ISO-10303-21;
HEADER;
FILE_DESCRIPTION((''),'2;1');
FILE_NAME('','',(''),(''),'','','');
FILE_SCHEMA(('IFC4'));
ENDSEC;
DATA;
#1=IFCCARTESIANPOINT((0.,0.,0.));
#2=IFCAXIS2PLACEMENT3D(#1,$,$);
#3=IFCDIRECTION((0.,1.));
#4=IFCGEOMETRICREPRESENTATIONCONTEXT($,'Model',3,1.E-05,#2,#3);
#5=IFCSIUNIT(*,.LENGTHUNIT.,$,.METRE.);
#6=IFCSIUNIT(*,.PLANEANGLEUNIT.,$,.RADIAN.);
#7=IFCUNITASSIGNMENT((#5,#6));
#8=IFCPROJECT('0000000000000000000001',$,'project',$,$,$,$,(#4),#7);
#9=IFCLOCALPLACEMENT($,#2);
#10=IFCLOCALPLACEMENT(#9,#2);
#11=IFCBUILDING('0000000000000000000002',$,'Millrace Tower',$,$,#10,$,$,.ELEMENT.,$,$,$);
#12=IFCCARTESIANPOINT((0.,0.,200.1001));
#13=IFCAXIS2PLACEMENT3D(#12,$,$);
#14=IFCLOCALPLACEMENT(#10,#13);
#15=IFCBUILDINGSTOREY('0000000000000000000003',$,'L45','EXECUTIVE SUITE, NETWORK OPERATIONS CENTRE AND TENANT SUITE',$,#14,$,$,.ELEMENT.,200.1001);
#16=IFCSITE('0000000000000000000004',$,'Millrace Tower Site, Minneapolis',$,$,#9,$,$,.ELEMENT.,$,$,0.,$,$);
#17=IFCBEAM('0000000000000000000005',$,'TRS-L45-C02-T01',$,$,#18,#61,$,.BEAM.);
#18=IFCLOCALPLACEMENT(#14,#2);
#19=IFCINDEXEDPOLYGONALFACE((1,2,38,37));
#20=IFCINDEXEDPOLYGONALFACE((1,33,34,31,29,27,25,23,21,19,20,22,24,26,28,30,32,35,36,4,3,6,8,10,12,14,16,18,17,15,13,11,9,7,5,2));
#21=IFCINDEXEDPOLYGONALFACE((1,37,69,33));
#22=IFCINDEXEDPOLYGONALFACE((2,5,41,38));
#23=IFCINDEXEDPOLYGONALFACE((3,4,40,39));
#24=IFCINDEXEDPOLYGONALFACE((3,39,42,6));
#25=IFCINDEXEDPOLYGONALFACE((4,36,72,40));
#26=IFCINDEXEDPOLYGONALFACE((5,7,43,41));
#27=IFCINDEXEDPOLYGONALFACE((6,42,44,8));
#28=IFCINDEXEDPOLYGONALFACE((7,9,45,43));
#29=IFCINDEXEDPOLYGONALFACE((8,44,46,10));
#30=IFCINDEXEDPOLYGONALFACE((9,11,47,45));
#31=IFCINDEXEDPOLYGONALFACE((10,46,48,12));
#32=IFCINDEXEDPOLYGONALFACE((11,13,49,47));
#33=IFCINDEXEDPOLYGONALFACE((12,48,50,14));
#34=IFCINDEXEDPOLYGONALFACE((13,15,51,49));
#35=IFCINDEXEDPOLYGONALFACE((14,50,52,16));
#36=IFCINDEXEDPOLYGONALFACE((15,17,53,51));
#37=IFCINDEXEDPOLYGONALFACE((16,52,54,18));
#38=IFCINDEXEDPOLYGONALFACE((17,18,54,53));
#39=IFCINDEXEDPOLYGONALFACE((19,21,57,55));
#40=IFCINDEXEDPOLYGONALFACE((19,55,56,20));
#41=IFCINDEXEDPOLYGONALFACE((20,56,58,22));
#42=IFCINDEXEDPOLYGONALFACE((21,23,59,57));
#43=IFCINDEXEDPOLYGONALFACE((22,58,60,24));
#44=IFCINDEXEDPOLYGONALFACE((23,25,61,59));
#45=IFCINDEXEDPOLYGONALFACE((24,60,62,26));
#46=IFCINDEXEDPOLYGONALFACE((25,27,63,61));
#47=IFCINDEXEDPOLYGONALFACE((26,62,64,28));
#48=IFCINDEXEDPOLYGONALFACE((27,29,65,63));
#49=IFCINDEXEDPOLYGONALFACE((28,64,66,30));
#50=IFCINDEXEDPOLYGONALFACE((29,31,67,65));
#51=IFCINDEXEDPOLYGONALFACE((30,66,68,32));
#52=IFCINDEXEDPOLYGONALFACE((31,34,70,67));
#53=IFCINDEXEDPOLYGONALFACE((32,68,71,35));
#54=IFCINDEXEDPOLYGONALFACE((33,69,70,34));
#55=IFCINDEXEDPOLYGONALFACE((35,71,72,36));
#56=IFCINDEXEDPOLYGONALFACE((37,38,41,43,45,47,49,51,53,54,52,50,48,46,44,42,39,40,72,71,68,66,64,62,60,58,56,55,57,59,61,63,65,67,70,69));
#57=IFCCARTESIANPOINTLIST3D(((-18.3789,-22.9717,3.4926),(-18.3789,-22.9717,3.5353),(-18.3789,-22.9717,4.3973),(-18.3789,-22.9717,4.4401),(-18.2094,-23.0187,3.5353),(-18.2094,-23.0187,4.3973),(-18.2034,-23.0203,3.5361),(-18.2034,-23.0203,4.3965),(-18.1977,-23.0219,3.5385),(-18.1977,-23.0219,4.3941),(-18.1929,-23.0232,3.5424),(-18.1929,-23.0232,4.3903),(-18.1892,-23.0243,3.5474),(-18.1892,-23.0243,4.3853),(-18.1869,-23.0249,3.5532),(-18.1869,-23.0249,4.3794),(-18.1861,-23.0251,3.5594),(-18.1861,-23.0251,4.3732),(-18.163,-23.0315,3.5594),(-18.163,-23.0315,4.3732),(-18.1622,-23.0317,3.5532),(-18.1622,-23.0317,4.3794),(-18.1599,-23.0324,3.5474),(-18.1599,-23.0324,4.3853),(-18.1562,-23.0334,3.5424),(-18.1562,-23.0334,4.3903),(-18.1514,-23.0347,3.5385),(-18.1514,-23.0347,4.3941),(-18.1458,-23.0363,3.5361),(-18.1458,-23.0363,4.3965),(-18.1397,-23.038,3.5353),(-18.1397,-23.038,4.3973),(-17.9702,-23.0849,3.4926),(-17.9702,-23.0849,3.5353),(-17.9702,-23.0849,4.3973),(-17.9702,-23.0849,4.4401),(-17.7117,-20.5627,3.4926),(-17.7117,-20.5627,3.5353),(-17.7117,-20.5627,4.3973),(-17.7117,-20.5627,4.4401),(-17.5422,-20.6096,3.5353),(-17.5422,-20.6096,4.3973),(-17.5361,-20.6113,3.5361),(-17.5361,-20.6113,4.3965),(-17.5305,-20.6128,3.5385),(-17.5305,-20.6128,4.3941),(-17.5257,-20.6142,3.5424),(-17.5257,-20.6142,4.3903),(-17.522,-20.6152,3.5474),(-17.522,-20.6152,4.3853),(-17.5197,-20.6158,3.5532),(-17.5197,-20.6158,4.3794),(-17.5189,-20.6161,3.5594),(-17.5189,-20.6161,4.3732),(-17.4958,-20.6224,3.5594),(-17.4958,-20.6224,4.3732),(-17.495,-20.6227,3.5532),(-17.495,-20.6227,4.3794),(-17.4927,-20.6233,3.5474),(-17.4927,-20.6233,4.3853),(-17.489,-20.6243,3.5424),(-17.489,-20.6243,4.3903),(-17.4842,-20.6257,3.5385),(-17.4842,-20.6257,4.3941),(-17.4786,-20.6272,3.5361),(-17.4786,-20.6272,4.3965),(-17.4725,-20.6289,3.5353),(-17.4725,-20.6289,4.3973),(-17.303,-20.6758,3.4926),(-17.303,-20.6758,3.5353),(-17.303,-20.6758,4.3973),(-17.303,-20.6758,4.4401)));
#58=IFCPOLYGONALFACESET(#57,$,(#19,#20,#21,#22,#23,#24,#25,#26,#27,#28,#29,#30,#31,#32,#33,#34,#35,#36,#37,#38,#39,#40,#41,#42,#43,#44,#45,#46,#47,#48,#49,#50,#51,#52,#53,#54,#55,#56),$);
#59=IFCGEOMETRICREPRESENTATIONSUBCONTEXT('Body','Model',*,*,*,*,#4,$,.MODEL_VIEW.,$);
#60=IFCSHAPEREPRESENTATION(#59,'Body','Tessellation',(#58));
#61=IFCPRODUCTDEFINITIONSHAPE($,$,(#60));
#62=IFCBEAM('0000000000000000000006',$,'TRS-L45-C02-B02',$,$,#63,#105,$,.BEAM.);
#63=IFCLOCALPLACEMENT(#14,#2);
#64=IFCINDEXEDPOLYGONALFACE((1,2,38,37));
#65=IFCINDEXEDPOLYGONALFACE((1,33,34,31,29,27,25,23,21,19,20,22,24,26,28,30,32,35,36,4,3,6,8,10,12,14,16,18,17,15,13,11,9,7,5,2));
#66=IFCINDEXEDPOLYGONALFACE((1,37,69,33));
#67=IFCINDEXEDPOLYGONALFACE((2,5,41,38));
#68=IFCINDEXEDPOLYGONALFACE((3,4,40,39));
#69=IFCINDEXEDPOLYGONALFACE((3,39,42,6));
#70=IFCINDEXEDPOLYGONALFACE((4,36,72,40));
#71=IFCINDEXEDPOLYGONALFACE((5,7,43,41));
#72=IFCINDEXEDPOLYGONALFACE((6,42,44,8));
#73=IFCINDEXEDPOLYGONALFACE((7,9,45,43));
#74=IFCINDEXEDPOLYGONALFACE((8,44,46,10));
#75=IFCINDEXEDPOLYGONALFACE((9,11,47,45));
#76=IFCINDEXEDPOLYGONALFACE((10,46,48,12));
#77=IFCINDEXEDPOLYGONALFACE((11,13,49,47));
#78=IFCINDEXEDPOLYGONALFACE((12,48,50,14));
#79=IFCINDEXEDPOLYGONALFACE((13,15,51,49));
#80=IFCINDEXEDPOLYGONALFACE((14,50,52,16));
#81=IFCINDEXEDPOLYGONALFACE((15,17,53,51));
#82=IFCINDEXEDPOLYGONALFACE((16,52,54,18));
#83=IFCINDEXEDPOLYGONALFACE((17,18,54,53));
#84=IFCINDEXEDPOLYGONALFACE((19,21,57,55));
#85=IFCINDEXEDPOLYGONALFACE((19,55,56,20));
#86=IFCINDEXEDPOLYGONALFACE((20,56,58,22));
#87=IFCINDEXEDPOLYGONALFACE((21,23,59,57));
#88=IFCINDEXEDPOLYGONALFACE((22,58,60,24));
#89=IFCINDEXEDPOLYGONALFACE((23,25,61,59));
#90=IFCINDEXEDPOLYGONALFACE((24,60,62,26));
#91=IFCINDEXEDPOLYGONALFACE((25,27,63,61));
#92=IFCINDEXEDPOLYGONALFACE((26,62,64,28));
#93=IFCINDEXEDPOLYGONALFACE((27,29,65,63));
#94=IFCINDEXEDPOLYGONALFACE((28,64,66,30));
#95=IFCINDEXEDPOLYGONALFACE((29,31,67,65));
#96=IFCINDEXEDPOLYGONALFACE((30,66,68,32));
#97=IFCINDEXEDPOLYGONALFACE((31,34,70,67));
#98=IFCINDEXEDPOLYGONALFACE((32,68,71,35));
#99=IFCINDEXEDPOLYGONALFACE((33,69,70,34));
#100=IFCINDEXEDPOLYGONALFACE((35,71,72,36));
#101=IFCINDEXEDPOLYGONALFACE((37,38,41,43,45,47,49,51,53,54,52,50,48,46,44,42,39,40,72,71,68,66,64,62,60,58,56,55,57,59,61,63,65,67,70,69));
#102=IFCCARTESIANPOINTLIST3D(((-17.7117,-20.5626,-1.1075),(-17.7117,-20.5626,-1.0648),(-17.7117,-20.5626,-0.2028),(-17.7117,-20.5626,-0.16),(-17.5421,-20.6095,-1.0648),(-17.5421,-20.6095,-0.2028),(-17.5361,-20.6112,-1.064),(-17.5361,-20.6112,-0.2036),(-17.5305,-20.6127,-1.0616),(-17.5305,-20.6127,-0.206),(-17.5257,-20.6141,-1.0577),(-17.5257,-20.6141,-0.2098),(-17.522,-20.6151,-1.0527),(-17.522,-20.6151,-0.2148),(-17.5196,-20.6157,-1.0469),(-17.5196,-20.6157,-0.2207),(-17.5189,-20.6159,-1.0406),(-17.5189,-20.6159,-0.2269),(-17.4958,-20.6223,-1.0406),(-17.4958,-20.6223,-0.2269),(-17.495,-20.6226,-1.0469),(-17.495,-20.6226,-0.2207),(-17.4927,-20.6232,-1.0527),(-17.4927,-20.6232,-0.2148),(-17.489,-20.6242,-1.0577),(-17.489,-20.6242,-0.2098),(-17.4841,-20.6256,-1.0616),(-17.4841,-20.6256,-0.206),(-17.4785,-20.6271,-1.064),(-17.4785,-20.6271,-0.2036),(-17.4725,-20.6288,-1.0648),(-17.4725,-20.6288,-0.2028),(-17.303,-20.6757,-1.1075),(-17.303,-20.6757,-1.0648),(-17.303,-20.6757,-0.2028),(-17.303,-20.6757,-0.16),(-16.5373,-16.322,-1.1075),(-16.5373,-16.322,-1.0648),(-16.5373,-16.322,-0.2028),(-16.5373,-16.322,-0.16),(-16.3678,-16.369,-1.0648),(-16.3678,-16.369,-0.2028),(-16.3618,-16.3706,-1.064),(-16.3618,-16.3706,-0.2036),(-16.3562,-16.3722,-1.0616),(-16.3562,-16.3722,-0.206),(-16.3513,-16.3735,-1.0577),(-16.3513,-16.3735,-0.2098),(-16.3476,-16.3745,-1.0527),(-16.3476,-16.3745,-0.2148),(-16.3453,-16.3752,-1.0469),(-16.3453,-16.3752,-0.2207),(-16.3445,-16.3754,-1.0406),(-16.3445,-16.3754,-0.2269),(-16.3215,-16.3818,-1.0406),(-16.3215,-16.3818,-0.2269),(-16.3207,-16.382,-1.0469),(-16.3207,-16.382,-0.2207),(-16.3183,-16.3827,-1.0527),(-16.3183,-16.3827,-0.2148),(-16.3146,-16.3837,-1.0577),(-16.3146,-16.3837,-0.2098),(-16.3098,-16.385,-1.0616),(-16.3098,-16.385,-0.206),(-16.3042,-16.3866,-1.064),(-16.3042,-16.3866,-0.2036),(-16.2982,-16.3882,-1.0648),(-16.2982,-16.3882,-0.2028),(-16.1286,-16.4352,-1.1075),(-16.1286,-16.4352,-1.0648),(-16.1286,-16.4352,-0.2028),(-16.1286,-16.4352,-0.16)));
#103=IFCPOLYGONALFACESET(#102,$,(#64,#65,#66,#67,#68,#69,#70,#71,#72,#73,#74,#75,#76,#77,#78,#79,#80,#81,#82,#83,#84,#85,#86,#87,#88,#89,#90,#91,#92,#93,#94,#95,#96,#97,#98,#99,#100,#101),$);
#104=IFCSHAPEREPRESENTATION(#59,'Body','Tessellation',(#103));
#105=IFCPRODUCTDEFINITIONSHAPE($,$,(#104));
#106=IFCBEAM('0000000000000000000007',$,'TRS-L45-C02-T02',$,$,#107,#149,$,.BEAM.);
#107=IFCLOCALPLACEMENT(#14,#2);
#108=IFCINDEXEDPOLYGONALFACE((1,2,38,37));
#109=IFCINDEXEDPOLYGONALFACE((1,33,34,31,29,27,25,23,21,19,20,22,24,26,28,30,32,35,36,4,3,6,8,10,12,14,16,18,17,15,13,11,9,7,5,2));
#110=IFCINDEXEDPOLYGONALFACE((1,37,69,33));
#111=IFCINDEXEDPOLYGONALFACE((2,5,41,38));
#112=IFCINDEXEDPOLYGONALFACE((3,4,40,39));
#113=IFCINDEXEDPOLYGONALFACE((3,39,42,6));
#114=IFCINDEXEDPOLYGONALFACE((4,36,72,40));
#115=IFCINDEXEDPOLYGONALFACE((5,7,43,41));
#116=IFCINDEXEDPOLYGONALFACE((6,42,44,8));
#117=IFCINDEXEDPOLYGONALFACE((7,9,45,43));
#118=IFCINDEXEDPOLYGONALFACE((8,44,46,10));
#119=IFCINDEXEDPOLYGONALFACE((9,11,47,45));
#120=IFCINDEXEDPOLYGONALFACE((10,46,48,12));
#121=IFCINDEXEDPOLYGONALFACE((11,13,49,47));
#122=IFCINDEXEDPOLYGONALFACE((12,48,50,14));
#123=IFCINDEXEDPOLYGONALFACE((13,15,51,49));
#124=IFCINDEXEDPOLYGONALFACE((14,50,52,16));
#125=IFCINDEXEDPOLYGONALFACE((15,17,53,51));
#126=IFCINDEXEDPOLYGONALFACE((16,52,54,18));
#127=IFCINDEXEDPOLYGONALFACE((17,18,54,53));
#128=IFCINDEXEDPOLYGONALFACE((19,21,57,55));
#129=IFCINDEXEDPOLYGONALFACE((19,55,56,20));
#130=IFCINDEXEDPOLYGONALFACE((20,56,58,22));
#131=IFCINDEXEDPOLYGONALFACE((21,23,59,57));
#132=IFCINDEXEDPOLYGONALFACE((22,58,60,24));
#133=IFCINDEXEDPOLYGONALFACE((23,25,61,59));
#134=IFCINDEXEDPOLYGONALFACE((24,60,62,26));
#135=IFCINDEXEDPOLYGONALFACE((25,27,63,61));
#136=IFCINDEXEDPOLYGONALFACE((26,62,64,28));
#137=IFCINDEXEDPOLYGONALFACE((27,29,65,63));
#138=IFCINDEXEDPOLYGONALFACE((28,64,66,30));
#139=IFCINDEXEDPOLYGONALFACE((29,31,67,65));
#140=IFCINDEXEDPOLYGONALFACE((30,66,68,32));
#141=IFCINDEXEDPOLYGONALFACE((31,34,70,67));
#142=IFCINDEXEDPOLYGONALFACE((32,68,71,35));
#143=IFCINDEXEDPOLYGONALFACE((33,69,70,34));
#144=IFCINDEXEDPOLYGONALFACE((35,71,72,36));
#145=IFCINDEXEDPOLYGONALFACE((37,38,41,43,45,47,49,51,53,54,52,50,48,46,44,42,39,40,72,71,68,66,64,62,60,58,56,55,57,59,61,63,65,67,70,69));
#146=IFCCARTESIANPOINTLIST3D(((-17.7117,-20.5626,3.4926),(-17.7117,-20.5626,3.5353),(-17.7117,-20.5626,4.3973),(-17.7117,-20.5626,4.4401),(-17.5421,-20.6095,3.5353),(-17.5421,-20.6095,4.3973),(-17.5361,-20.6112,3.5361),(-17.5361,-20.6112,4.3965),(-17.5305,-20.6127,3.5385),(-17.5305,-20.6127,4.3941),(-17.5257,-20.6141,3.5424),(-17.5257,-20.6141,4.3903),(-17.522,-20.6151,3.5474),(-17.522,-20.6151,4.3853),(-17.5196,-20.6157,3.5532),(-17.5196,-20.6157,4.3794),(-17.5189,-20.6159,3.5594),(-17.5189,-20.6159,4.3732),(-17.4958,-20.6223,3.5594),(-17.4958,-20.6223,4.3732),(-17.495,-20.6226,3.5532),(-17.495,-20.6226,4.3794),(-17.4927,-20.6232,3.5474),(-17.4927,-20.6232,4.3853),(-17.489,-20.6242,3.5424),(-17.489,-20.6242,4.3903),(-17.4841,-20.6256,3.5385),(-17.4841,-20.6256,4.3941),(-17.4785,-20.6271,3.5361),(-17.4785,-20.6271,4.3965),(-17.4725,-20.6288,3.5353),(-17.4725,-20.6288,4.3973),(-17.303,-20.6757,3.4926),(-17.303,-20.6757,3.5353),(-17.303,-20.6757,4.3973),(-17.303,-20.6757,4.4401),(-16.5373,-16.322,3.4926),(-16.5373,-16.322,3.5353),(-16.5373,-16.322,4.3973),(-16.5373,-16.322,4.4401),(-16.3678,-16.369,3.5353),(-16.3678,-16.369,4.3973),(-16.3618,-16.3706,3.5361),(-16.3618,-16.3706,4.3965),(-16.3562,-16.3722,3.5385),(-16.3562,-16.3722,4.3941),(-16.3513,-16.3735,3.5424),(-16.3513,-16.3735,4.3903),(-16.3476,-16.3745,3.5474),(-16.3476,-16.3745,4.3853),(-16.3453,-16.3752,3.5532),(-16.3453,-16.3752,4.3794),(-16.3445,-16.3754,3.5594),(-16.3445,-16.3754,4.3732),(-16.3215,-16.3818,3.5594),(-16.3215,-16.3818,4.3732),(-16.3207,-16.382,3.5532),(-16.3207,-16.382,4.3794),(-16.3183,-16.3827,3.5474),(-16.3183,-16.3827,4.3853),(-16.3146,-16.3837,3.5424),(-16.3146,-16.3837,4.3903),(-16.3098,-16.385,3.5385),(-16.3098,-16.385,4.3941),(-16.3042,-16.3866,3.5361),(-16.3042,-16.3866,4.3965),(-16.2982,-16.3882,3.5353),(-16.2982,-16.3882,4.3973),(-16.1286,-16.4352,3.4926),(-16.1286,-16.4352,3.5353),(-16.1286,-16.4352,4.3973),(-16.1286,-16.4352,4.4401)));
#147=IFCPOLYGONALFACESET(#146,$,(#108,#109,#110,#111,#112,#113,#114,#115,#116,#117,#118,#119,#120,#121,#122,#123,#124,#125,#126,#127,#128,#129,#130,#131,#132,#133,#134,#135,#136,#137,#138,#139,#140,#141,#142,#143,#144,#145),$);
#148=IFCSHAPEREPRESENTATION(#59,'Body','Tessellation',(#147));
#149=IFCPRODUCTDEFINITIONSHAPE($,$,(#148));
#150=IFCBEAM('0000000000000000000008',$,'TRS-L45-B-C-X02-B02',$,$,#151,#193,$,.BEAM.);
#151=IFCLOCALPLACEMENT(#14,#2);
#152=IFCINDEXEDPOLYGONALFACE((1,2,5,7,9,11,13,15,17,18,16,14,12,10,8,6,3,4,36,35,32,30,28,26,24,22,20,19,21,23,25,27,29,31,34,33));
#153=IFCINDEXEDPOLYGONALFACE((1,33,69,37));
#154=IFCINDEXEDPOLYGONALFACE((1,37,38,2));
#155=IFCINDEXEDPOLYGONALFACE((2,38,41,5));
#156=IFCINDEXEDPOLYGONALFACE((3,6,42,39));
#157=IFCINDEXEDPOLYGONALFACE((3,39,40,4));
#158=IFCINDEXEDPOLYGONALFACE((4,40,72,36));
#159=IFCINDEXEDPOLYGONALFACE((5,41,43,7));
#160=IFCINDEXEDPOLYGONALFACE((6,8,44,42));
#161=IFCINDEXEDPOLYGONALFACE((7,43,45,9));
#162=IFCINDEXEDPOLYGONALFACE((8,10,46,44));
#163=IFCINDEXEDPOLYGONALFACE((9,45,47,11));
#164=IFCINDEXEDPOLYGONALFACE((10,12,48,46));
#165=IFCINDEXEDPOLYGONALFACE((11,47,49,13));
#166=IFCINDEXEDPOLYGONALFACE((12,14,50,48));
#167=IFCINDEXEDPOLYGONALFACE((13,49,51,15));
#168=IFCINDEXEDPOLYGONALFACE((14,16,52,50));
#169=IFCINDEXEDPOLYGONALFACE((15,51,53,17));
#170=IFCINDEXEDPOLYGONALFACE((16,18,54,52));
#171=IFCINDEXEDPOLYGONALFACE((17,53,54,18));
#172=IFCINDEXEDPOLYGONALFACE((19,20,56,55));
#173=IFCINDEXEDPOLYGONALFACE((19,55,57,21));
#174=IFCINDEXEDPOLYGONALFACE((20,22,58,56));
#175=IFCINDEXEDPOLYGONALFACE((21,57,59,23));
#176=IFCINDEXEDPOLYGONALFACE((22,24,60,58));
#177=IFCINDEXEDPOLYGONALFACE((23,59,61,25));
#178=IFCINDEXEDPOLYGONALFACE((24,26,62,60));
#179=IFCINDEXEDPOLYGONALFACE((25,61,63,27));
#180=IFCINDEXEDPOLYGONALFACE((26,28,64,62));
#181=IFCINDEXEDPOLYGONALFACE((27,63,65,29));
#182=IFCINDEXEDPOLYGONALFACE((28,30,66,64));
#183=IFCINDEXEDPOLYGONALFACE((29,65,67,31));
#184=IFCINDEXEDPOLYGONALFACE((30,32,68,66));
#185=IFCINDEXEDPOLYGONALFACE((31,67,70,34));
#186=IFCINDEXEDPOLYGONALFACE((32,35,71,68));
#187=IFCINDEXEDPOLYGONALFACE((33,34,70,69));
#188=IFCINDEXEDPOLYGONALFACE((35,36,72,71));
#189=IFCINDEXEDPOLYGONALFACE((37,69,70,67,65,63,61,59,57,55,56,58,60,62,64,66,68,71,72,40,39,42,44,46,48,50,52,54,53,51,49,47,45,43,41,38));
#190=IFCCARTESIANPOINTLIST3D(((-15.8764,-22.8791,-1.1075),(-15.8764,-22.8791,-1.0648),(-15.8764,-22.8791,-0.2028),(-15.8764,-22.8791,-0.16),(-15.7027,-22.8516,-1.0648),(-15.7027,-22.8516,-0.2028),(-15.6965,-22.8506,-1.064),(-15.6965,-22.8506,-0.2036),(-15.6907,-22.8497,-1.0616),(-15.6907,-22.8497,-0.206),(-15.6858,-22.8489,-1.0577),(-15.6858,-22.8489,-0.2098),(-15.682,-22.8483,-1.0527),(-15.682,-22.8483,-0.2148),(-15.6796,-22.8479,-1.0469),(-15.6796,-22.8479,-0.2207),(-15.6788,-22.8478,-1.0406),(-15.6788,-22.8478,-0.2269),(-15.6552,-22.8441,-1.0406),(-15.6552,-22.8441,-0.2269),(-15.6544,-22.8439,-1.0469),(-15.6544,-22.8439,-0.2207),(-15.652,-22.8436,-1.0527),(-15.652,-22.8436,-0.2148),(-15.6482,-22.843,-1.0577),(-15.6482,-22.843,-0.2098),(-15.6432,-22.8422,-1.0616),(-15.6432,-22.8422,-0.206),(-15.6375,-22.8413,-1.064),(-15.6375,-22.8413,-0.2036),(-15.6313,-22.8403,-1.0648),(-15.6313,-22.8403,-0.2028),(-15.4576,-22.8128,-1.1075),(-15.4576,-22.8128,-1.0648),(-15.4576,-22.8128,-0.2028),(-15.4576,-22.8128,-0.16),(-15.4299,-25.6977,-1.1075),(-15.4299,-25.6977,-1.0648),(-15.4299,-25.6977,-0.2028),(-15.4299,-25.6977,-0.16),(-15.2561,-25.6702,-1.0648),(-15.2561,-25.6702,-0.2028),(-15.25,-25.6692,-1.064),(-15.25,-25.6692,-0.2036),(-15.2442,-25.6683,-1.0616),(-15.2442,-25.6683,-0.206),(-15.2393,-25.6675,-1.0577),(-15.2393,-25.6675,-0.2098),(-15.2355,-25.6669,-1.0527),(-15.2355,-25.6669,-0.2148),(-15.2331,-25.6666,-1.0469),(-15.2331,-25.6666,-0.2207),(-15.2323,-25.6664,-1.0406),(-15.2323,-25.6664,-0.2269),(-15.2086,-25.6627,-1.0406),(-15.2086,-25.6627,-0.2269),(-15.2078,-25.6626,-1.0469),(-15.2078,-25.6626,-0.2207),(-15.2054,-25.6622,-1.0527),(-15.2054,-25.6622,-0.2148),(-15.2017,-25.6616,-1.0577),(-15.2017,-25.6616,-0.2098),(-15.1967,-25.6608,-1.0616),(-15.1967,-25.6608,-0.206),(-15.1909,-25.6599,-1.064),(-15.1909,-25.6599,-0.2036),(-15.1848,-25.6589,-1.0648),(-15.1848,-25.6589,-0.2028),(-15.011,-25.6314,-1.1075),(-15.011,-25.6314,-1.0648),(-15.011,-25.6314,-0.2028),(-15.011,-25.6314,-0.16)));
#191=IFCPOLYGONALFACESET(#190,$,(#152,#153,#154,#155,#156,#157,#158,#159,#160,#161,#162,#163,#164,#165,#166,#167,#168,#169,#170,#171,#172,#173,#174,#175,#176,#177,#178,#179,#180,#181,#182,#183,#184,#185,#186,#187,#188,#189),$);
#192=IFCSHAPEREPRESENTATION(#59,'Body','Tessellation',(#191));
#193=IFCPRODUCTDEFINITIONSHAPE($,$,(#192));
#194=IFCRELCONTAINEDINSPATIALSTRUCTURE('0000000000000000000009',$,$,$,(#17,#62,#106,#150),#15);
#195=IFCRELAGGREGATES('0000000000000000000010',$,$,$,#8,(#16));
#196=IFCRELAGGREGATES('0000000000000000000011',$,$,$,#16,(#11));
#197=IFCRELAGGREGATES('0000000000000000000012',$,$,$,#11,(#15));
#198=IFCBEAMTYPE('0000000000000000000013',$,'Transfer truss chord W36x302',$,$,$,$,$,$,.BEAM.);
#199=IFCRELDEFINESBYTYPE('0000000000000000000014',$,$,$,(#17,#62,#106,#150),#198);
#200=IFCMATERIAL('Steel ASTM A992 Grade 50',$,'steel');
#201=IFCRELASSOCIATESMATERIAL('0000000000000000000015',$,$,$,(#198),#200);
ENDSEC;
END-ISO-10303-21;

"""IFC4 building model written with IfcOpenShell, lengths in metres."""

from ifc_helpers import new_model, si_unit, direction, frame, origin, origin_2d, place, context, subcontext, project, spatial, i_section, extrude, material, material_profile, profile_set, type_object, element, save


model = new_model("IFC4")

# Units and contexts
model_context = context("Model", 3, precision=1e-05, world=origin(), true_north=direction((0.0, 1.0)))
body_context = subcontext(model_context, "Body", "Model", "MODEL_VIEW")
ifc_project = project(units=[si_unit("LENGTHUNIT", "METRE"), si_unit("PLANEANGLEUNIT", "RADIAN")], contexts=[model_context])

# Site, building, storey
site_placement = place(None, origin())
site = spatial("IfcSite", under=ifc_project, at=site_placement, Name="Millrace Tower Site, Minneapolis", CompositionType="ELEMENT", RefElevation=0.0)
building_placement = place(site_placement, origin())
building = spatial("IfcBuilding", under=site, at=building_placement, Name="Millrace Tower", CompositionType="ELEMENT")
storey_placement = place(building_placement, frame((0.0, 0.0, 200.1001)))
storey = spatial("IfcBuildingStorey", under=building, at=storey_placement, Name="L45", Description="EXECUTIVE SUITE, NETWORK OPERATIONS CENTRE AND TENANT SUITE", CompositionType="ELEMENT", Elevation=200.1001)

# Beams
ifc_material_1 = material(Name="Steel ASTM A992 Grade 50", Category="steel")
ifc_material_profile_1 = material_profile(ifc_material_1, i_section(OverallWidth=0.4241, OverallDepth=0.9475, WebThickness=0.0239, FlangeThickness=0.0427, FilletRadius=0.0242, at=origin_2d()))
ifc_profile_set_1 = profile_set([ifc_material_profile_1], Name="Steel ASTM A992 Grade 50")
beam_type_1 = type_object("IfcBeamType", Name="Transfer truss chord W36x302", PredefinedType="BEAM", material=ifc_profile_set_1)
for number, where, z_axis, x_axis, name in (
    (1, (-18.1746, -23.0283, 3.9663), (0.266908, 0.963722, 0.0), (-0.963722, 0.266908, 0.0), "TRS-L45-C02-T01"),
):
    element("IfcBeam", number, at=place(storey_placement, frame(where, z_axis=z_axis, x_axis=x_axis)), inside=storey, type_object=beam_type_1, Name=name, PredefinedType="BEAM", context=body_context, shape_type="SweptSolid", body=[
        extrude(i_section(OverallWidth=0.4241, OverallDepth=0.9475, WebThickness=0.0239, FlangeThickness=0.0427, FilletRadius=0.0242, at=origin_2d()), origin(), (0.0, 0.0, 1.0), 2.4998),
    ])
for number, where, z_axis, x_axis, name in (
    (2, (-17.5073, -20.6191, -0.6338), (0.266885, 0.963728, 0.0), (-0.963728, 0.266885, 0.0), "TRS-L45-C02-B02"),
    (3, (-17.5073, -20.6191, 3.9663), (0.266885, 0.963728, 0.0), (-0.963728, 0.266885, 0.0), "TRS-L45-C02-T02"),
):
    element("IfcBeam", number, at=place(storey_placement, frame(where, z_axis=z_axis, x_axis=x_axis)), inside=storey, type_object=beam_type_1, Name=name, PredefinedType="BEAM", context=body_context, shape_type="SweptSolid", body=[
        extrude(i_section(OverallWidth=0.4241, OverallDepth=0.9475, WebThickness=0.0239, FlangeThickness=0.0427, FilletRadius=0.0242, at=origin_2d()), origin(), (0.0, 0.0, 1.0), 4.4001),
    ])
for number, where, z_axis, x_axis, name in (
    (4, (-15.2205, -25.6646, -0.6338), (-0.156472, 0.987682, 0.0), (-0.987682, -0.156472, 0.0), "TRS-L45-B-C-X02-B02"),
):
    element("IfcBeam", number, at=place(storey_placement, frame(where, z_axis=z_axis, x_axis=x_axis)), inside=storey, type_object=beam_type_1, Name=name, PredefinedType="BEAM", context=body_context, shape_type="SweptSolid", body=[
        extrude(i_section(OverallWidth=0.4241, OverallDepth=0.9475, WebThickness=0.0239, FlangeThickness=0.0427, FilletRadius=0.0242, at=origin_2d()), origin(), (0.0, 0.0, 1.0), 2.8538),
    ])

save(model, "model.ifc")
